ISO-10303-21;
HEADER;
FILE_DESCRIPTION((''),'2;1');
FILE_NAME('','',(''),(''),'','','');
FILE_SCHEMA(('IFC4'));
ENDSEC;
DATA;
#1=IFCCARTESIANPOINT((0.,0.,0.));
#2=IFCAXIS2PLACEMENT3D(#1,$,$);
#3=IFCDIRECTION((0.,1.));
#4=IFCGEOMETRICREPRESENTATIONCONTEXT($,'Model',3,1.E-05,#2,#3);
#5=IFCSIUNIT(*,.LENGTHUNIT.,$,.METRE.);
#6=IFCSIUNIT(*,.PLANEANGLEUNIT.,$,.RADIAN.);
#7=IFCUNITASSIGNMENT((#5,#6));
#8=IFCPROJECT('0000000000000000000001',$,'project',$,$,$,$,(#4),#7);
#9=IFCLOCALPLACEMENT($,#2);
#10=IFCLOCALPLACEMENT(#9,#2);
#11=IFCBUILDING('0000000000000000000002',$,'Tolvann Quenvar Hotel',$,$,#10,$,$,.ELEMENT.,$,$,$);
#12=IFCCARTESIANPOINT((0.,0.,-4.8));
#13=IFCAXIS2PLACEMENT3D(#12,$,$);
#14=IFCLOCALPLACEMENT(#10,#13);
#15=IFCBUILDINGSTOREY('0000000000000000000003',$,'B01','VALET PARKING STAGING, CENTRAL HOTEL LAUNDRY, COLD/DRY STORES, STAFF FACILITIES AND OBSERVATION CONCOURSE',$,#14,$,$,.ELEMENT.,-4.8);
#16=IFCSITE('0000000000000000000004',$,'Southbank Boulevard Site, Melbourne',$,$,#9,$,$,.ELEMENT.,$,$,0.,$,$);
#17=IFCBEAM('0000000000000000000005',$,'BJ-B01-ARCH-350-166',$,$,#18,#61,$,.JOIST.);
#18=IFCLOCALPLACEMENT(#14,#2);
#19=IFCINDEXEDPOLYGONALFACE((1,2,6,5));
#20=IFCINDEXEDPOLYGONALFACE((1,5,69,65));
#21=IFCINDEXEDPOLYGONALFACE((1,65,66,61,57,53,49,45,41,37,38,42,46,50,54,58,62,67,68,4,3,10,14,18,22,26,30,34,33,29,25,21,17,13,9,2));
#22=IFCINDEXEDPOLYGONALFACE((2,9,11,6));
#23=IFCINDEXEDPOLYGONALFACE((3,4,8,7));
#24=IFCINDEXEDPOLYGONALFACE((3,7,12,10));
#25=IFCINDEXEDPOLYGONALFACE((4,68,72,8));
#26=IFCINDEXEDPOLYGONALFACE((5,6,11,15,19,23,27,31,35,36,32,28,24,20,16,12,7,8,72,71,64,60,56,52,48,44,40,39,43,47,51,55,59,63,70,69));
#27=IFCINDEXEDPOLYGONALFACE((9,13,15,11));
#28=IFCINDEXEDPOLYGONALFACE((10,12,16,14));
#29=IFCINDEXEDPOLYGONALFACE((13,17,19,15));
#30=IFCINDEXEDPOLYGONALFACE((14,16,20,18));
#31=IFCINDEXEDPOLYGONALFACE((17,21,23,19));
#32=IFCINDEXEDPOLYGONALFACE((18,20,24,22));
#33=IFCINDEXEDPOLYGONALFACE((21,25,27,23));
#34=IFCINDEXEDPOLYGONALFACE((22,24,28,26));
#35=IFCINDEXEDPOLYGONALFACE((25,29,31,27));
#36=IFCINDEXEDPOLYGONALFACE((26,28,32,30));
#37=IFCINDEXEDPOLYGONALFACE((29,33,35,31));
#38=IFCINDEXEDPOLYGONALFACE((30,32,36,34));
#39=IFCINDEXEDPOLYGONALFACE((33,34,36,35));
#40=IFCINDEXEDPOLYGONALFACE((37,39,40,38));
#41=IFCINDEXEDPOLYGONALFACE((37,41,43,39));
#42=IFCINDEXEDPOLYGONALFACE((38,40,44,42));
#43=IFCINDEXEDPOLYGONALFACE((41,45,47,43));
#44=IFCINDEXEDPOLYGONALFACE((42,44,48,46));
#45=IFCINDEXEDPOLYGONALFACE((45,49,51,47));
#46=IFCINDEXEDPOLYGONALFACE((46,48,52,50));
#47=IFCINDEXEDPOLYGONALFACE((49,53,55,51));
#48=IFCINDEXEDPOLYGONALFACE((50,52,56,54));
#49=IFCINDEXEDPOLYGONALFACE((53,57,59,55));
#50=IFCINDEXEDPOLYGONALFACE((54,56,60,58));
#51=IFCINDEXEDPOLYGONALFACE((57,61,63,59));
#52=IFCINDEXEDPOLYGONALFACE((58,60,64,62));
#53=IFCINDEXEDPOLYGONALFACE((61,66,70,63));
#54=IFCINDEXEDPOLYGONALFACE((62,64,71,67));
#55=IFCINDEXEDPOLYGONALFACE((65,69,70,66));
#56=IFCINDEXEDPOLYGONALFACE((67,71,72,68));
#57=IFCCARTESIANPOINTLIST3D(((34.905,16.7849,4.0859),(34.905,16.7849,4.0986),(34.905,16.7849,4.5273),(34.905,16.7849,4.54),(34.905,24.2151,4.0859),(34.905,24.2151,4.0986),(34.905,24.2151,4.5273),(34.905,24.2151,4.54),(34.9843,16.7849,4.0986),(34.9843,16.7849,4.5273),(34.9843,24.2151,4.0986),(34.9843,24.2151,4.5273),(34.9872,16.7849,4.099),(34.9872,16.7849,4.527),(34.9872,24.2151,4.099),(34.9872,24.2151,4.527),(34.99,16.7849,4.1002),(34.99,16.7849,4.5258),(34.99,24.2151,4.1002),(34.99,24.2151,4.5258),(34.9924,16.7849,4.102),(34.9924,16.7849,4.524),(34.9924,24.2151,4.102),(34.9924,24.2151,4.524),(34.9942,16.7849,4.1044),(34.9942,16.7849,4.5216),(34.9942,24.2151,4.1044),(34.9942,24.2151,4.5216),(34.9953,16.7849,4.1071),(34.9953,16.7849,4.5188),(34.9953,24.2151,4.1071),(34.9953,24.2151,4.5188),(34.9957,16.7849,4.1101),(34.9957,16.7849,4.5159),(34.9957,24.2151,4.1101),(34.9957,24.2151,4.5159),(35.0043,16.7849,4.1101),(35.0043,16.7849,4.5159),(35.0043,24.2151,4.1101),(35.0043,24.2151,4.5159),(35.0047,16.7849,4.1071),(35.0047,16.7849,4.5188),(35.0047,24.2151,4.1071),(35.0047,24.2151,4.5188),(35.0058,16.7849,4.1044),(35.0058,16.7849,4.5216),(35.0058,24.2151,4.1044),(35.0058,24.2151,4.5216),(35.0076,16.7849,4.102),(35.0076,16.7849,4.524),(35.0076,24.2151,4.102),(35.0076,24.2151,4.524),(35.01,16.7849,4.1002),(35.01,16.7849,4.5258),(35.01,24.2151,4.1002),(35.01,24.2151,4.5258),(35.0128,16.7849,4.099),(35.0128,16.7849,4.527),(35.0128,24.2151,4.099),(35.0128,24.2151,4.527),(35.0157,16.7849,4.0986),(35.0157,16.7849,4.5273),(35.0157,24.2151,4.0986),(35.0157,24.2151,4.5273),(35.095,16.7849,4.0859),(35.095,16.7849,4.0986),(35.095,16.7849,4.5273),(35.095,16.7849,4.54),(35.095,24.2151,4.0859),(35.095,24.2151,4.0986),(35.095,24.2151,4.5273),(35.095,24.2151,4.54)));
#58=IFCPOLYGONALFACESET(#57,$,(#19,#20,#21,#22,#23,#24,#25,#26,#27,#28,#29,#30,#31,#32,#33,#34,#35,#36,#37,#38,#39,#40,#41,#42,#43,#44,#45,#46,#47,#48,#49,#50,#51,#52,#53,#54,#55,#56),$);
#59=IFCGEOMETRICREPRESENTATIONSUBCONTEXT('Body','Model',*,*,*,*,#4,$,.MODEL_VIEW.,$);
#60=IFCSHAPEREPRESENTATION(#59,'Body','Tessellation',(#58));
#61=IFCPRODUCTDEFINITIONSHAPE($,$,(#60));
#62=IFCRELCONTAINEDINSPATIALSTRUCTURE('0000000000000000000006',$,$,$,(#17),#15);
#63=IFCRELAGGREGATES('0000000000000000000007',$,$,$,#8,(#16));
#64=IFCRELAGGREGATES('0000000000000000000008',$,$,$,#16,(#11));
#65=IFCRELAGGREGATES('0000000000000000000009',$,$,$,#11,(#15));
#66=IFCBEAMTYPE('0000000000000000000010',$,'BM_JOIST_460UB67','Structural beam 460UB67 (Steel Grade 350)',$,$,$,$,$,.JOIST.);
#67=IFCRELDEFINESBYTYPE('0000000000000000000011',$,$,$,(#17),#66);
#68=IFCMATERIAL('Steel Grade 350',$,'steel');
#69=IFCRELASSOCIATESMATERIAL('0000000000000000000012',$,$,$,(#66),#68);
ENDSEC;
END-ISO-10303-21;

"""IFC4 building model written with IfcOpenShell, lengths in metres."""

from ifc_helpers import new_model, si_unit, direction, frame, origin, origin_2d, place, context, subcontext, project, spatial, i_section, extrude, source, transform, mapped, material, material_profile, profile_set, type_object, element, save


model = new_model("IFC4")

# Units and contexts
model_context = context("Model", 3, precision=1e-05, world=origin(), true_north=direction((0.0, 1.0)))
body_context = subcontext(model_context, "Body", "Model", "MODEL_VIEW")
ifc_project = project(units=[si_unit("LENGTHUNIT", "METRE"), si_unit("PLANEANGLEUNIT", "RADIAN")], contexts=[model_context])

# Site, building, storey
site_placement = place(None, origin())
site = spatial("IfcSite", under=ifc_project, at=site_placement, Name="Southbank Boulevard Site, Melbourne", CompositionType="ELEMENT", RefElevation=0.0)
building_placement = place(site_placement, origin())
building = spatial("IfcBuilding", under=site, at=building_placement, Name="Tolvann Quenvar Hotel", CompositionType="ELEMENT")
storey_placement = place(building_placement, frame((0.0, 0.0, -4.8)))
storey = spatial("IfcBuildingStorey", under=building, at=storey_placement, Name="B01", Description="VALET PARKING STAGING, CENTRAL HOTEL LAUNDRY, COLD/DRY STORES, STAFF FACILITIES AND OBSERVATION CONCOURSE", CompositionType="ELEMENT", Elevation=-4.8)

# Beam
ifc_material_1 = material(Name="Steel Grade 350", Category="steel")
ifc_material_profile_1 = material_profile(ifc_material_1, i_section(OverallWidth=0.1899, OverallDepth=0.4541, WebThickness=0.0085, FlangeThickness=0.0127, FilletRadius=0.0115, at=origin_2d()), Name="460UB67")
ifc_profile_set_1 = profile_set([ifc_material_profile_1], Name="Steel Grade 350")
beam_type_1 = type_object("IfcBeamType", Name="BM_JOIST_460UB67", Description="Structural beam 460UB67 (Steel Grade 350)", PredefinedType="JOIST", material=ifc_profile_set_1)
shared_shape_1 = source(origin(), body_context, "Body", "SweptSolid", [
    extrude(i_section(OverallWidth=0.1899, OverallDepth=0.4541, WebThickness=0.0085, FlangeThickness=0.0127, FilletRadius=0.0115, at=origin_2d()), origin(), (0.0, 0.0, 1.0), 7.4302),
])
for number, where, z_axis, x_axis, name in (
    (1, (35.0, 16.7849, 4.313), (0.0, 1.0, 0.0), (-1.0, 0.0, 0.0), "BJ-B01-ARCH-350-166"),
):
    element("IfcBeam", number, at=place(storey_placement, frame(where, z_axis=z_axis, x_axis=x_axis)), inside=storey, type_object=beam_type_1, Name=name, PredefinedType="JOIST", context=body_context, shape_type="MappedRepresentation", body=[
        mapped(shared_shape_1, transform((0.0, 0.0, 0.0), x_axis=(1.0, 0.0, 0.0), y_axis=(0.0, 1.0, 0.0), z_axis=(0.0, 0.0, 1.0), scale=1.0)),
    ])

save(model, "model.ifc")
